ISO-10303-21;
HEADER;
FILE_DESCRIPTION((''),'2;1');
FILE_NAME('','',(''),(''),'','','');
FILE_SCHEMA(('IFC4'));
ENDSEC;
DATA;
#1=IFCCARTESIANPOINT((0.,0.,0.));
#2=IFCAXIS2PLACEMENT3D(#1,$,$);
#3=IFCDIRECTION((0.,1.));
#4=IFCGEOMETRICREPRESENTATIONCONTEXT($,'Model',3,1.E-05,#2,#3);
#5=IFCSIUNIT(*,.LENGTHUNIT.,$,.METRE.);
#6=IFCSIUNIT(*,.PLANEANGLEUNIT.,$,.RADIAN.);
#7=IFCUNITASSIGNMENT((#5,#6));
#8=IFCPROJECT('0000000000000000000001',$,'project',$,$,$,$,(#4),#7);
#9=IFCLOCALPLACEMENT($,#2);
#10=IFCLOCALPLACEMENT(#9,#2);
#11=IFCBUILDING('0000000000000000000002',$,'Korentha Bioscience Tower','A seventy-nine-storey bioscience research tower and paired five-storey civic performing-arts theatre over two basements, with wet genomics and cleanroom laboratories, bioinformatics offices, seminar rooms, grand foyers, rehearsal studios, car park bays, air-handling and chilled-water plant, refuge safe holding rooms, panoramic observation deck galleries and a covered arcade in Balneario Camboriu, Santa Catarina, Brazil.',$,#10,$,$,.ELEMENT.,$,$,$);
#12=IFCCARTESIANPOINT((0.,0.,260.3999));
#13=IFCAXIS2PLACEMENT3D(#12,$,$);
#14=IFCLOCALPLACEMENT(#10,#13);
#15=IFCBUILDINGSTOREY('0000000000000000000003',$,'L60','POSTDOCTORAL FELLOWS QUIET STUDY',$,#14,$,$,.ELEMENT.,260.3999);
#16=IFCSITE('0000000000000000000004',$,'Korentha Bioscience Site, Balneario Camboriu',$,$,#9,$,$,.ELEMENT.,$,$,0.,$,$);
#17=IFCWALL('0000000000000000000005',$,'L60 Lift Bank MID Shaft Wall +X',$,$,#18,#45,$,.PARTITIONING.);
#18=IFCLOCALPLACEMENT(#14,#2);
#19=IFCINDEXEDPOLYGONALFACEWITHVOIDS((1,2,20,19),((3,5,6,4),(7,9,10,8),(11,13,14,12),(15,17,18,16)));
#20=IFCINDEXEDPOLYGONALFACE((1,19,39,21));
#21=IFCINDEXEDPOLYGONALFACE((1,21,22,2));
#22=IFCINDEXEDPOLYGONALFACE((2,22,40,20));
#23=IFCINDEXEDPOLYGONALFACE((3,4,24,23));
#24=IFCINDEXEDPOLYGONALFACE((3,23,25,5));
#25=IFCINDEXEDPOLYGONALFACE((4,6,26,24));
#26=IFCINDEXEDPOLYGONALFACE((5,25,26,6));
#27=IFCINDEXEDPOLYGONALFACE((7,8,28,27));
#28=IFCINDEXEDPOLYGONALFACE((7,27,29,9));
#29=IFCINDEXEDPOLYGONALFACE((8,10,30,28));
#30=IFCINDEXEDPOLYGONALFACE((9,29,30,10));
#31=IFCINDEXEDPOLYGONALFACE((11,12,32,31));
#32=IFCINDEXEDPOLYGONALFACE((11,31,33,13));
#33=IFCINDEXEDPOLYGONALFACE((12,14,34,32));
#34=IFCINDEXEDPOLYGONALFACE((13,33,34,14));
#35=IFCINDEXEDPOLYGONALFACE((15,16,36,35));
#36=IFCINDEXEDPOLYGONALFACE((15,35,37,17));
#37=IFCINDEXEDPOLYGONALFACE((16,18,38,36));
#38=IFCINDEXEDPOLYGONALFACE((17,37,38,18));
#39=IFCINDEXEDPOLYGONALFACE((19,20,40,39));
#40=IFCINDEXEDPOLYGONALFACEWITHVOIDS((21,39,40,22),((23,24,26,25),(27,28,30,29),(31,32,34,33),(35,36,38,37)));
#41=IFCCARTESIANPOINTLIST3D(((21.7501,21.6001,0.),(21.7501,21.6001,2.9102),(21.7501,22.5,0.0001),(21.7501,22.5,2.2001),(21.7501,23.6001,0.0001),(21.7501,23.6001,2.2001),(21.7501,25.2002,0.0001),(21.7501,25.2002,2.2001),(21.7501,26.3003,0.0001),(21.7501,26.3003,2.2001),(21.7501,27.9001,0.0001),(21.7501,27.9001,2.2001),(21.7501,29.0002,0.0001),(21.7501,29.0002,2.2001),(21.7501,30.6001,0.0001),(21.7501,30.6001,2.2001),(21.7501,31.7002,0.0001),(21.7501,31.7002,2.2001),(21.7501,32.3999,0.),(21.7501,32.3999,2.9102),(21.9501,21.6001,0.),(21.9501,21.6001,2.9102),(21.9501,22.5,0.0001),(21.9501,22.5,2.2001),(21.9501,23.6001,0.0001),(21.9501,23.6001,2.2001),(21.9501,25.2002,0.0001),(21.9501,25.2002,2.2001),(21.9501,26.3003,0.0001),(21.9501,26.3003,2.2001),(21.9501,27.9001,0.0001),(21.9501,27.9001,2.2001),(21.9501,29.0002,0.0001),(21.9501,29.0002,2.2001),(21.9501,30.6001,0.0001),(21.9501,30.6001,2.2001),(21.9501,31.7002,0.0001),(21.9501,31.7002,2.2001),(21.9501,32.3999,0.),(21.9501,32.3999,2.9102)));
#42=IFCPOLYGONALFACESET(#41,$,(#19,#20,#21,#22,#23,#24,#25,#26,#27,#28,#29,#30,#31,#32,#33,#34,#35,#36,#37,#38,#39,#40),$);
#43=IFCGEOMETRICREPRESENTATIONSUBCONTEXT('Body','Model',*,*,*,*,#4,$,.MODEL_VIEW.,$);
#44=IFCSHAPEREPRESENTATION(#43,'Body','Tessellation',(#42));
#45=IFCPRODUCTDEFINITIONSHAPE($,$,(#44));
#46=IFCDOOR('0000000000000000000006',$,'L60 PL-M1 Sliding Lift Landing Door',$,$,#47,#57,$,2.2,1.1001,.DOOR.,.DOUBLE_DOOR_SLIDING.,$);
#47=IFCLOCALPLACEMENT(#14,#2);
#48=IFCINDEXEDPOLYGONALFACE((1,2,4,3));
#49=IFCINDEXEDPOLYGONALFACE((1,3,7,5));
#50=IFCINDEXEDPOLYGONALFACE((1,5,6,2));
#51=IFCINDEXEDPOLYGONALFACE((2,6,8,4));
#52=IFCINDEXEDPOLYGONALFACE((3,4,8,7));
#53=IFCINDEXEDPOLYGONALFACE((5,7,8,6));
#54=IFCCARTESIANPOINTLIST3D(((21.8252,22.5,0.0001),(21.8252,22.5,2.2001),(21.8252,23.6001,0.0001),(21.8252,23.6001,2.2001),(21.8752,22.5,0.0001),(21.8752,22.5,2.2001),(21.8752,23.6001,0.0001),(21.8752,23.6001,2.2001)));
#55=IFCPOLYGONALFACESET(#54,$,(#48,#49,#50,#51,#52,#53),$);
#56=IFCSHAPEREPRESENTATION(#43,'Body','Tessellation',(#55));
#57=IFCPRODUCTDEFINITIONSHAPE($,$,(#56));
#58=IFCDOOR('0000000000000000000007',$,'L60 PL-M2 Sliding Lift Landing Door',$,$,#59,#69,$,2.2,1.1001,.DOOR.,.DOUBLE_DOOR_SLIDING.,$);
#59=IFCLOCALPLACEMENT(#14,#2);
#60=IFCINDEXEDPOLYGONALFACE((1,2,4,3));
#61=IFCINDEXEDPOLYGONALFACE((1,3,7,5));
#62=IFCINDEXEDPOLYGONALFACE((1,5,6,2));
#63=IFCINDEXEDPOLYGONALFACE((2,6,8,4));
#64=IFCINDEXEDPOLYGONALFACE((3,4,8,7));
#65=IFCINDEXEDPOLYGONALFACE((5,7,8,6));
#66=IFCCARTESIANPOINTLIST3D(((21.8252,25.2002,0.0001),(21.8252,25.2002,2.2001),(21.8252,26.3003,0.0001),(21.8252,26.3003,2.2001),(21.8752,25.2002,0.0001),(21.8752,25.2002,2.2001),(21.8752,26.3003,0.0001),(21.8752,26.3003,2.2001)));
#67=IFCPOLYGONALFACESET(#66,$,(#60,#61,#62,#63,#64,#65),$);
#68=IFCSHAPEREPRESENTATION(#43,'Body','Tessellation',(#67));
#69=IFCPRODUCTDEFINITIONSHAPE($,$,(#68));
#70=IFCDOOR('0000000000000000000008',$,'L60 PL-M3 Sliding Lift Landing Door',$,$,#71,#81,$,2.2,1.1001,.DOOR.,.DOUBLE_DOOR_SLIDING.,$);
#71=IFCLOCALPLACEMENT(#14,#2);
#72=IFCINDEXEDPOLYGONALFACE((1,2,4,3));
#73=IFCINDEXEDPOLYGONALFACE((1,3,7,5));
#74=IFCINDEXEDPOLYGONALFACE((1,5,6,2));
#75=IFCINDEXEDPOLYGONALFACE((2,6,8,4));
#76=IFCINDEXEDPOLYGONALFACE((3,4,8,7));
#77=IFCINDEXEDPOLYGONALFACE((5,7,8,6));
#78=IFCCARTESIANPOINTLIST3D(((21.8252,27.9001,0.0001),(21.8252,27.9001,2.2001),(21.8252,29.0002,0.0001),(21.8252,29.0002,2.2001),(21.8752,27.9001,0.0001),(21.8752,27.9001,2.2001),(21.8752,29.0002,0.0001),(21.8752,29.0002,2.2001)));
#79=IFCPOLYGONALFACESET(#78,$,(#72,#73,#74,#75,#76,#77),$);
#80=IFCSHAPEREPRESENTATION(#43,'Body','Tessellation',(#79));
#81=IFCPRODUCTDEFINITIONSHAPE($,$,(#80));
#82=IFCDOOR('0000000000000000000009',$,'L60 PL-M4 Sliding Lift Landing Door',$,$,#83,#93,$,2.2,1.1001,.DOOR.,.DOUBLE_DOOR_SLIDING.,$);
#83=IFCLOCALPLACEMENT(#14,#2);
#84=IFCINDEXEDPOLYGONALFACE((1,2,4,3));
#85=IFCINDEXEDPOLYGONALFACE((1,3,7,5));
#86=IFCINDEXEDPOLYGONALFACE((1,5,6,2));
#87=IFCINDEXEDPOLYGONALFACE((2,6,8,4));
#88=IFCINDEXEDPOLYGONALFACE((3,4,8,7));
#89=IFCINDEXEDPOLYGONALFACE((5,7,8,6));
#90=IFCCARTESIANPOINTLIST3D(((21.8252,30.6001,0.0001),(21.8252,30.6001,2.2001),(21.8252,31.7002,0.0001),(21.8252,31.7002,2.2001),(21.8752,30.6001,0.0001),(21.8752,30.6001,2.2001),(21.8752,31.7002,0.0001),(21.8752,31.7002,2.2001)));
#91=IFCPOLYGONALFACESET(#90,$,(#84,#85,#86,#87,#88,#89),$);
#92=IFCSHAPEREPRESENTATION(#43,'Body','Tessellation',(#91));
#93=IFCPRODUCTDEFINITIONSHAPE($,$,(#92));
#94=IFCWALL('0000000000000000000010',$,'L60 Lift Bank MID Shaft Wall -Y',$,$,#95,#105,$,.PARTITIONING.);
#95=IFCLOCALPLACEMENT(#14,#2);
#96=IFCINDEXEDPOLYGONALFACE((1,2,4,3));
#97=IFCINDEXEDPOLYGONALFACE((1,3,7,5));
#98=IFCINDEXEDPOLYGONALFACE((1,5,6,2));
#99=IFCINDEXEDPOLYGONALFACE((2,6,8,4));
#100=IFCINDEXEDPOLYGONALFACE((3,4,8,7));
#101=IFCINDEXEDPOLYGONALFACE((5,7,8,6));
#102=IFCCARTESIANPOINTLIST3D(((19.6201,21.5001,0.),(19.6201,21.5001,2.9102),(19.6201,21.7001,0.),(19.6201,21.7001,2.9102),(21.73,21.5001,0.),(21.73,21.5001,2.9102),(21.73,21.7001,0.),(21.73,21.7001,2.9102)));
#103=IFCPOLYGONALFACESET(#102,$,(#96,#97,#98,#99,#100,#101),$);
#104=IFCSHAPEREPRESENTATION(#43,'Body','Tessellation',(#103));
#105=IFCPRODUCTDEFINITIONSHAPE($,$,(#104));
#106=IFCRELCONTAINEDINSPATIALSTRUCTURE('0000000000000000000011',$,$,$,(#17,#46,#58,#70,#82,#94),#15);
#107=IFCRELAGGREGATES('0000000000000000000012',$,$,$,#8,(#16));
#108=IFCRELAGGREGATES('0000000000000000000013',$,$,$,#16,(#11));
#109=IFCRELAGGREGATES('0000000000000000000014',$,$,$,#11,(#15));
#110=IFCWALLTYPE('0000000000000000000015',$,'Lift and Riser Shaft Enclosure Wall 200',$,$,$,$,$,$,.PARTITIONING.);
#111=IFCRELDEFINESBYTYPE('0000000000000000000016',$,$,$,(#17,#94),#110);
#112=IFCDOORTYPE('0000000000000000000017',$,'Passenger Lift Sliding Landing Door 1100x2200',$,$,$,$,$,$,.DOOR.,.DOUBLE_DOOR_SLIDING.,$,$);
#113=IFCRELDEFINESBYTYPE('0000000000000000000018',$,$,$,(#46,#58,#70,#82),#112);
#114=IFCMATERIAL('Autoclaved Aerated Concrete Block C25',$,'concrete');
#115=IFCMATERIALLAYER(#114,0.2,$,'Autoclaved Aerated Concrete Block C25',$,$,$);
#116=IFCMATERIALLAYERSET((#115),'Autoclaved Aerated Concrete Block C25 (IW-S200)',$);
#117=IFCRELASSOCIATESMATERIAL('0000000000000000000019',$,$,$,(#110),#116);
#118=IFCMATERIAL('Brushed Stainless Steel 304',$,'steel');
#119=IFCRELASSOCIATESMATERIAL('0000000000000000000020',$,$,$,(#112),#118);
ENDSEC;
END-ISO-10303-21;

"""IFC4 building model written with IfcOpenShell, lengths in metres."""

from ifc_helpers import new_model, si_unit, direction, frame, frame_2d, origin, place, context, subcontext, project, spatial, rectangle, extrude, material, layer, layer_set, type_object, element, fill, save


model = new_model("IFC4")

# Units and contexts
model_context = context("Model", 3, precision=1e-05, world=origin(), true_north=direction((0.0, 1.0)))
body_context = subcontext(model_context, "Body", "Model", "MODEL_VIEW")
ifc_project = project(units=[si_unit("LENGTHUNIT", "METRE"), si_unit("PLANEANGLEUNIT", "RADIAN")], contexts=[model_context])

# Site, building, storey
site_placement = place(None, origin())
site = spatial("IfcSite", under=ifc_project, at=site_placement, Name="Korentha Bioscience Site, Balneario Camboriu", CompositionType="ELEMENT", RefElevation=0.0)
building_placement = place(site_placement, origin())
building = spatial("IfcBuilding", under=site, at=building_placement, Name="Korentha Bioscience Tower", Description="A seventy-nine-storey bioscience research tower and paired five-storey civic performing-arts theatre over two basements, with wet genomics and cleanroom laboratories, bioinformatics offices, seminar rooms, grand foyers, rehearsal studios, car park bays, air-handling and chilled-water plant, refuge safe holding rooms, panoramic observation deck galleries and a covered arcade in Balneario Camboriu, Santa Catarina, Brazil.", CompositionType="ELEMENT")
storey_placement = place(building_placement, frame((0.0, 0.0, 260.3999)))
storey = spatial("IfcBuildingStorey", under=building, at=storey_placement, Name="L60", Description="POSTDOCTORAL FELLOWS QUIET STUDY", CompositionType="ELEMENT", Elevation=260.3999)

# Shared definitions
ifc_material_1 = material(Name="Autoclaved Aerated Concrete Block C25", Category="concrete")
ifc_layer_1 = layer(ifc_material_1, 0.2, Name="Autoclaved Aerated Concrete Block C25")
ifc_layer_set_1 = layer_set([ifc_layer_1], Name="Autoclaved Aerated Concrete Block C25 (IW-S200)")
wall_type_1 = type_object("IfcWallType", Name="Lift and Riser Shaft Enclosure Wall 200", PredefinedType="PARTITIONING", material=ifc_layer_set_1)

# Wall, openings, doors
wall_1_placement = place(storey_placement, frame((21.8501, 21.6001, 0.0), z_axis=(0.0, 0.0, 1.0), x_axis=(0.0, 1.0, 0.0)))
wall_1 = element("IfcWall", 1, at=wall_1_placement, inside=storey, type_object=wall_type_1, Name="L60 Lift Bank MID Shaft Wall +X", PredefinedType="PARTITIONING", context=body_context, shape_type="SweptSolid", body=[
    extrude(rectangle(XDim=10.7998, YDim=0.2, at=frame_2d((5.3999, 0.0))), origin(), (0.0, 0.0, 1.0), 2.9102),
])
opening_1_placement = place(wall_1_placement, frame((0.8999, 0.0, 0.0)))
opening_1 = element("IfcOpeningElement", 2, at=opening_1_placement, cuts=wall_1, PredefinedType="OPENING", context=body_context, shape_type="SweptSolid", body=[
    extrude(rectangle(XDim=1.1001, YDim=2.2, at=frame_2d((0.55, 1.1001))), frame((0.0, 0.1147, 0.0), z_axis=(0.0, -1.0, 0.0), x_axis=(1.0, 0.0, 0.0)), (0.0, 0.0, 1.0), 0.2297),
])
opening_2_placement = place(wall_1_placement, frame((3.6001, 0.0, 0.0)))
opening_2 = element("IfcOpeningElement", 3, at=opening_2_placement, cuts=wall_1, PredefinedType="OPENING", context=body_context, shape_type="SweptSolid", body=[
    extrude(rectangle(XDim=1.1001, YDim=2.2, at=frame_2d((0.55, 1.1001))), frame((0.0, 0.1147, 0.0), z_axis=(0.0, -1.0, 0.0), x_axis=(1.0, 0.0, 0.0)), (0.0, 0.0, 1.0), 0.2297),
])
opening_3_placement = place(wall_1_placement, frame((6.3, 0.0, 0.0)))
opening_3 = element("IfcOpeningElement", 4, at=opening_3_placement, cuts=wall_1, PredefinedType="OPENING", context=body_context, shape_type="SweptSolid", body=[
    extrude(rectangle(XDim=1.1001, YDim=2.2, at=frame_2d((0.55, 1.1001))), frame((0.0, 0.1147, 0.0), z_axis=(0.0, -1.0, 0.0), x_axis=(1.0, 0.0, 0.0)), (0.0, 0.0, 1.0), 0.2297),
])
opening_4_placement = place(wall_1_placement, frame((9.0, 0.0, 0.0)))
opening_4 = element("IfcOpeningElement", 5, at=opening_4_placement, cuts=wall_1, PredefinedType="OPENING", context=body_context, shape_type="SweptSolid", body=[
    extrude(rectangle(XDim=1.1001, YDim=2.2, at=frame_2d((0.55, 1.1001))), frame((0.0, 0.1147, 0.0), z_axis=(0.0, -1.0, 0.0), x_axis=(1.0, 0.0, 0.0)), (0.0, 0.0, 1.0), 0.2297),
])
ifc_material_2 = material(Name="Brushed Stainless Steel 304", Category="steel")
door_type_1 = type_object("IfcDoorType", Name="Passenger Lift Sliding Landing Door 1100x2200", OperationType="DOUBLE_DOOR_SLIDING", PredefinedType="DOOR", material=ifc_material_2)
door_1_placement = place(opening_1_placement, origin())
door_1 = element("IfcDoor", 6, at=door_1_placement, inside=storey, type_object=door_type_1, Name="L60 PL-M1 Sliding Lift Landing Door", OperationType="DOUBLE_DOOR_SLIDING", OverallHeight=2.2, OverallWidth=1.1001, PredefinedType="DOOR", context=body_context, shape_type="SweptSolid", body=[
    extrude(rectangle(XDim=1.1001, YDim=2.2, at=frame_2d((0.55, 1.1001))), frame((0.0, 0.0249, 0.0), z_axis=(0.0, -1.0, 0.0), x_axis=(1.0, 0.0, 0.0)), (0.0, 0.0, 1.0), 0.05),
])
fill(opening_1, door_1)
door_2_placement = place(opening_2_placement, origin())
door_2 = element("IfcDoor", 7, at=door_2_placement, inside=storey, type_object=door_type_1, Name="L60 PL-M2 Sliding Lift Landing Door", OperationType="DOUBLE_DOOR_SLIDING", OverallHeight=2.2, OverallWidth=1.1001, PredefinedType="DOOR", context=body_context, shape_type="SweptSolid", body=[
    extrude(rectangle(XDim=1.1001, YDim=2.2, at=frame_2d((0.55, 1.1001))), frame((0.0, 0.0249, 0.0), z_axis=(0.0, -1.0, 0.0), x_axis=(1.0, 0.0, 0.0)), (0.0, 0.0, 1.0), 0.05),
])
fill(opening_2, door_2)
door_3_placement = place(opening_3_placement, origin())
door_3 = element("IfcDoor", 8, at=door_3_placement, inside=storey, type_object=door_type_1, Name="L60 PL-M3 Sliding Lift Landing Door", OperationType="DOUBLE_DOOR_SLIDING", OverallHeight=2.2, OverallWidth=1.1001, PredefinedType="DOOR", context=body_context, shape_type="SweptSolid", body=[
    extrude(rectangle(XDim=1.1001, YDim=2.2, at=frame_2d((0.55, 1.1001))), frame((0.0, 0.0249, 0.0), z_axis=(0.0, -1.0, 0.0), x_axis=(1.0, 0.0, 0.0)), (0.0, 0.0, 1.0), 0.05),
])
fill(opening_3, door_3)
door_4_placement = place(opening_4_placement, origin())
door_4 = element("IfcDoor", 9, at=door_4_placement, inside=storey, type_object=door_type_1, Name="L60 PL-M4 Sliding Lift Landing Door", OperationType="DOUBLE_DOOR_SLIDING", OverallHeight=2.2, OverallWidth=1.1001, PredefinedType="DOOR", context=body_context, shape_type="SweptSolid", body=[
    extrude(rectangle(XDim=1.1001, YDim=2.2, at=frame_2d((0.55, 1.1001))), frame((0.0, 0.0249, 0.0), z_axis=(0.0, -1.0, 0.0), x_axis=(1.0, 0.0, 0.0)), (0.0, 0.0, 1.0), 0.05),
])
fill(opening_4, door_4)

# Wall
wall_2_placement = place(storey_placement, frame((19.6201, 21.6001, 0.0), z_axis=(0.0, 0.0, 1.0), x_axis=(1.0, 0.0, 0.0)))
element("IfcWall", 10, at=wall_2_placement, inside=storey, type_object=wall_type_1, Name="L60 Lift Bank MID Shaft Wall -Y", PredefinedType="PARTITIONING", context=body_context, shape_type="SweptSolid", body=[
    extrude(rectangle(XDim=2.1099, YDim=0.2, at=frame_2d((1.0549, 0.0))), origin(), (0.0, 0.0, 1.0), 2.9102),
])

save(model, "model.ifc")
